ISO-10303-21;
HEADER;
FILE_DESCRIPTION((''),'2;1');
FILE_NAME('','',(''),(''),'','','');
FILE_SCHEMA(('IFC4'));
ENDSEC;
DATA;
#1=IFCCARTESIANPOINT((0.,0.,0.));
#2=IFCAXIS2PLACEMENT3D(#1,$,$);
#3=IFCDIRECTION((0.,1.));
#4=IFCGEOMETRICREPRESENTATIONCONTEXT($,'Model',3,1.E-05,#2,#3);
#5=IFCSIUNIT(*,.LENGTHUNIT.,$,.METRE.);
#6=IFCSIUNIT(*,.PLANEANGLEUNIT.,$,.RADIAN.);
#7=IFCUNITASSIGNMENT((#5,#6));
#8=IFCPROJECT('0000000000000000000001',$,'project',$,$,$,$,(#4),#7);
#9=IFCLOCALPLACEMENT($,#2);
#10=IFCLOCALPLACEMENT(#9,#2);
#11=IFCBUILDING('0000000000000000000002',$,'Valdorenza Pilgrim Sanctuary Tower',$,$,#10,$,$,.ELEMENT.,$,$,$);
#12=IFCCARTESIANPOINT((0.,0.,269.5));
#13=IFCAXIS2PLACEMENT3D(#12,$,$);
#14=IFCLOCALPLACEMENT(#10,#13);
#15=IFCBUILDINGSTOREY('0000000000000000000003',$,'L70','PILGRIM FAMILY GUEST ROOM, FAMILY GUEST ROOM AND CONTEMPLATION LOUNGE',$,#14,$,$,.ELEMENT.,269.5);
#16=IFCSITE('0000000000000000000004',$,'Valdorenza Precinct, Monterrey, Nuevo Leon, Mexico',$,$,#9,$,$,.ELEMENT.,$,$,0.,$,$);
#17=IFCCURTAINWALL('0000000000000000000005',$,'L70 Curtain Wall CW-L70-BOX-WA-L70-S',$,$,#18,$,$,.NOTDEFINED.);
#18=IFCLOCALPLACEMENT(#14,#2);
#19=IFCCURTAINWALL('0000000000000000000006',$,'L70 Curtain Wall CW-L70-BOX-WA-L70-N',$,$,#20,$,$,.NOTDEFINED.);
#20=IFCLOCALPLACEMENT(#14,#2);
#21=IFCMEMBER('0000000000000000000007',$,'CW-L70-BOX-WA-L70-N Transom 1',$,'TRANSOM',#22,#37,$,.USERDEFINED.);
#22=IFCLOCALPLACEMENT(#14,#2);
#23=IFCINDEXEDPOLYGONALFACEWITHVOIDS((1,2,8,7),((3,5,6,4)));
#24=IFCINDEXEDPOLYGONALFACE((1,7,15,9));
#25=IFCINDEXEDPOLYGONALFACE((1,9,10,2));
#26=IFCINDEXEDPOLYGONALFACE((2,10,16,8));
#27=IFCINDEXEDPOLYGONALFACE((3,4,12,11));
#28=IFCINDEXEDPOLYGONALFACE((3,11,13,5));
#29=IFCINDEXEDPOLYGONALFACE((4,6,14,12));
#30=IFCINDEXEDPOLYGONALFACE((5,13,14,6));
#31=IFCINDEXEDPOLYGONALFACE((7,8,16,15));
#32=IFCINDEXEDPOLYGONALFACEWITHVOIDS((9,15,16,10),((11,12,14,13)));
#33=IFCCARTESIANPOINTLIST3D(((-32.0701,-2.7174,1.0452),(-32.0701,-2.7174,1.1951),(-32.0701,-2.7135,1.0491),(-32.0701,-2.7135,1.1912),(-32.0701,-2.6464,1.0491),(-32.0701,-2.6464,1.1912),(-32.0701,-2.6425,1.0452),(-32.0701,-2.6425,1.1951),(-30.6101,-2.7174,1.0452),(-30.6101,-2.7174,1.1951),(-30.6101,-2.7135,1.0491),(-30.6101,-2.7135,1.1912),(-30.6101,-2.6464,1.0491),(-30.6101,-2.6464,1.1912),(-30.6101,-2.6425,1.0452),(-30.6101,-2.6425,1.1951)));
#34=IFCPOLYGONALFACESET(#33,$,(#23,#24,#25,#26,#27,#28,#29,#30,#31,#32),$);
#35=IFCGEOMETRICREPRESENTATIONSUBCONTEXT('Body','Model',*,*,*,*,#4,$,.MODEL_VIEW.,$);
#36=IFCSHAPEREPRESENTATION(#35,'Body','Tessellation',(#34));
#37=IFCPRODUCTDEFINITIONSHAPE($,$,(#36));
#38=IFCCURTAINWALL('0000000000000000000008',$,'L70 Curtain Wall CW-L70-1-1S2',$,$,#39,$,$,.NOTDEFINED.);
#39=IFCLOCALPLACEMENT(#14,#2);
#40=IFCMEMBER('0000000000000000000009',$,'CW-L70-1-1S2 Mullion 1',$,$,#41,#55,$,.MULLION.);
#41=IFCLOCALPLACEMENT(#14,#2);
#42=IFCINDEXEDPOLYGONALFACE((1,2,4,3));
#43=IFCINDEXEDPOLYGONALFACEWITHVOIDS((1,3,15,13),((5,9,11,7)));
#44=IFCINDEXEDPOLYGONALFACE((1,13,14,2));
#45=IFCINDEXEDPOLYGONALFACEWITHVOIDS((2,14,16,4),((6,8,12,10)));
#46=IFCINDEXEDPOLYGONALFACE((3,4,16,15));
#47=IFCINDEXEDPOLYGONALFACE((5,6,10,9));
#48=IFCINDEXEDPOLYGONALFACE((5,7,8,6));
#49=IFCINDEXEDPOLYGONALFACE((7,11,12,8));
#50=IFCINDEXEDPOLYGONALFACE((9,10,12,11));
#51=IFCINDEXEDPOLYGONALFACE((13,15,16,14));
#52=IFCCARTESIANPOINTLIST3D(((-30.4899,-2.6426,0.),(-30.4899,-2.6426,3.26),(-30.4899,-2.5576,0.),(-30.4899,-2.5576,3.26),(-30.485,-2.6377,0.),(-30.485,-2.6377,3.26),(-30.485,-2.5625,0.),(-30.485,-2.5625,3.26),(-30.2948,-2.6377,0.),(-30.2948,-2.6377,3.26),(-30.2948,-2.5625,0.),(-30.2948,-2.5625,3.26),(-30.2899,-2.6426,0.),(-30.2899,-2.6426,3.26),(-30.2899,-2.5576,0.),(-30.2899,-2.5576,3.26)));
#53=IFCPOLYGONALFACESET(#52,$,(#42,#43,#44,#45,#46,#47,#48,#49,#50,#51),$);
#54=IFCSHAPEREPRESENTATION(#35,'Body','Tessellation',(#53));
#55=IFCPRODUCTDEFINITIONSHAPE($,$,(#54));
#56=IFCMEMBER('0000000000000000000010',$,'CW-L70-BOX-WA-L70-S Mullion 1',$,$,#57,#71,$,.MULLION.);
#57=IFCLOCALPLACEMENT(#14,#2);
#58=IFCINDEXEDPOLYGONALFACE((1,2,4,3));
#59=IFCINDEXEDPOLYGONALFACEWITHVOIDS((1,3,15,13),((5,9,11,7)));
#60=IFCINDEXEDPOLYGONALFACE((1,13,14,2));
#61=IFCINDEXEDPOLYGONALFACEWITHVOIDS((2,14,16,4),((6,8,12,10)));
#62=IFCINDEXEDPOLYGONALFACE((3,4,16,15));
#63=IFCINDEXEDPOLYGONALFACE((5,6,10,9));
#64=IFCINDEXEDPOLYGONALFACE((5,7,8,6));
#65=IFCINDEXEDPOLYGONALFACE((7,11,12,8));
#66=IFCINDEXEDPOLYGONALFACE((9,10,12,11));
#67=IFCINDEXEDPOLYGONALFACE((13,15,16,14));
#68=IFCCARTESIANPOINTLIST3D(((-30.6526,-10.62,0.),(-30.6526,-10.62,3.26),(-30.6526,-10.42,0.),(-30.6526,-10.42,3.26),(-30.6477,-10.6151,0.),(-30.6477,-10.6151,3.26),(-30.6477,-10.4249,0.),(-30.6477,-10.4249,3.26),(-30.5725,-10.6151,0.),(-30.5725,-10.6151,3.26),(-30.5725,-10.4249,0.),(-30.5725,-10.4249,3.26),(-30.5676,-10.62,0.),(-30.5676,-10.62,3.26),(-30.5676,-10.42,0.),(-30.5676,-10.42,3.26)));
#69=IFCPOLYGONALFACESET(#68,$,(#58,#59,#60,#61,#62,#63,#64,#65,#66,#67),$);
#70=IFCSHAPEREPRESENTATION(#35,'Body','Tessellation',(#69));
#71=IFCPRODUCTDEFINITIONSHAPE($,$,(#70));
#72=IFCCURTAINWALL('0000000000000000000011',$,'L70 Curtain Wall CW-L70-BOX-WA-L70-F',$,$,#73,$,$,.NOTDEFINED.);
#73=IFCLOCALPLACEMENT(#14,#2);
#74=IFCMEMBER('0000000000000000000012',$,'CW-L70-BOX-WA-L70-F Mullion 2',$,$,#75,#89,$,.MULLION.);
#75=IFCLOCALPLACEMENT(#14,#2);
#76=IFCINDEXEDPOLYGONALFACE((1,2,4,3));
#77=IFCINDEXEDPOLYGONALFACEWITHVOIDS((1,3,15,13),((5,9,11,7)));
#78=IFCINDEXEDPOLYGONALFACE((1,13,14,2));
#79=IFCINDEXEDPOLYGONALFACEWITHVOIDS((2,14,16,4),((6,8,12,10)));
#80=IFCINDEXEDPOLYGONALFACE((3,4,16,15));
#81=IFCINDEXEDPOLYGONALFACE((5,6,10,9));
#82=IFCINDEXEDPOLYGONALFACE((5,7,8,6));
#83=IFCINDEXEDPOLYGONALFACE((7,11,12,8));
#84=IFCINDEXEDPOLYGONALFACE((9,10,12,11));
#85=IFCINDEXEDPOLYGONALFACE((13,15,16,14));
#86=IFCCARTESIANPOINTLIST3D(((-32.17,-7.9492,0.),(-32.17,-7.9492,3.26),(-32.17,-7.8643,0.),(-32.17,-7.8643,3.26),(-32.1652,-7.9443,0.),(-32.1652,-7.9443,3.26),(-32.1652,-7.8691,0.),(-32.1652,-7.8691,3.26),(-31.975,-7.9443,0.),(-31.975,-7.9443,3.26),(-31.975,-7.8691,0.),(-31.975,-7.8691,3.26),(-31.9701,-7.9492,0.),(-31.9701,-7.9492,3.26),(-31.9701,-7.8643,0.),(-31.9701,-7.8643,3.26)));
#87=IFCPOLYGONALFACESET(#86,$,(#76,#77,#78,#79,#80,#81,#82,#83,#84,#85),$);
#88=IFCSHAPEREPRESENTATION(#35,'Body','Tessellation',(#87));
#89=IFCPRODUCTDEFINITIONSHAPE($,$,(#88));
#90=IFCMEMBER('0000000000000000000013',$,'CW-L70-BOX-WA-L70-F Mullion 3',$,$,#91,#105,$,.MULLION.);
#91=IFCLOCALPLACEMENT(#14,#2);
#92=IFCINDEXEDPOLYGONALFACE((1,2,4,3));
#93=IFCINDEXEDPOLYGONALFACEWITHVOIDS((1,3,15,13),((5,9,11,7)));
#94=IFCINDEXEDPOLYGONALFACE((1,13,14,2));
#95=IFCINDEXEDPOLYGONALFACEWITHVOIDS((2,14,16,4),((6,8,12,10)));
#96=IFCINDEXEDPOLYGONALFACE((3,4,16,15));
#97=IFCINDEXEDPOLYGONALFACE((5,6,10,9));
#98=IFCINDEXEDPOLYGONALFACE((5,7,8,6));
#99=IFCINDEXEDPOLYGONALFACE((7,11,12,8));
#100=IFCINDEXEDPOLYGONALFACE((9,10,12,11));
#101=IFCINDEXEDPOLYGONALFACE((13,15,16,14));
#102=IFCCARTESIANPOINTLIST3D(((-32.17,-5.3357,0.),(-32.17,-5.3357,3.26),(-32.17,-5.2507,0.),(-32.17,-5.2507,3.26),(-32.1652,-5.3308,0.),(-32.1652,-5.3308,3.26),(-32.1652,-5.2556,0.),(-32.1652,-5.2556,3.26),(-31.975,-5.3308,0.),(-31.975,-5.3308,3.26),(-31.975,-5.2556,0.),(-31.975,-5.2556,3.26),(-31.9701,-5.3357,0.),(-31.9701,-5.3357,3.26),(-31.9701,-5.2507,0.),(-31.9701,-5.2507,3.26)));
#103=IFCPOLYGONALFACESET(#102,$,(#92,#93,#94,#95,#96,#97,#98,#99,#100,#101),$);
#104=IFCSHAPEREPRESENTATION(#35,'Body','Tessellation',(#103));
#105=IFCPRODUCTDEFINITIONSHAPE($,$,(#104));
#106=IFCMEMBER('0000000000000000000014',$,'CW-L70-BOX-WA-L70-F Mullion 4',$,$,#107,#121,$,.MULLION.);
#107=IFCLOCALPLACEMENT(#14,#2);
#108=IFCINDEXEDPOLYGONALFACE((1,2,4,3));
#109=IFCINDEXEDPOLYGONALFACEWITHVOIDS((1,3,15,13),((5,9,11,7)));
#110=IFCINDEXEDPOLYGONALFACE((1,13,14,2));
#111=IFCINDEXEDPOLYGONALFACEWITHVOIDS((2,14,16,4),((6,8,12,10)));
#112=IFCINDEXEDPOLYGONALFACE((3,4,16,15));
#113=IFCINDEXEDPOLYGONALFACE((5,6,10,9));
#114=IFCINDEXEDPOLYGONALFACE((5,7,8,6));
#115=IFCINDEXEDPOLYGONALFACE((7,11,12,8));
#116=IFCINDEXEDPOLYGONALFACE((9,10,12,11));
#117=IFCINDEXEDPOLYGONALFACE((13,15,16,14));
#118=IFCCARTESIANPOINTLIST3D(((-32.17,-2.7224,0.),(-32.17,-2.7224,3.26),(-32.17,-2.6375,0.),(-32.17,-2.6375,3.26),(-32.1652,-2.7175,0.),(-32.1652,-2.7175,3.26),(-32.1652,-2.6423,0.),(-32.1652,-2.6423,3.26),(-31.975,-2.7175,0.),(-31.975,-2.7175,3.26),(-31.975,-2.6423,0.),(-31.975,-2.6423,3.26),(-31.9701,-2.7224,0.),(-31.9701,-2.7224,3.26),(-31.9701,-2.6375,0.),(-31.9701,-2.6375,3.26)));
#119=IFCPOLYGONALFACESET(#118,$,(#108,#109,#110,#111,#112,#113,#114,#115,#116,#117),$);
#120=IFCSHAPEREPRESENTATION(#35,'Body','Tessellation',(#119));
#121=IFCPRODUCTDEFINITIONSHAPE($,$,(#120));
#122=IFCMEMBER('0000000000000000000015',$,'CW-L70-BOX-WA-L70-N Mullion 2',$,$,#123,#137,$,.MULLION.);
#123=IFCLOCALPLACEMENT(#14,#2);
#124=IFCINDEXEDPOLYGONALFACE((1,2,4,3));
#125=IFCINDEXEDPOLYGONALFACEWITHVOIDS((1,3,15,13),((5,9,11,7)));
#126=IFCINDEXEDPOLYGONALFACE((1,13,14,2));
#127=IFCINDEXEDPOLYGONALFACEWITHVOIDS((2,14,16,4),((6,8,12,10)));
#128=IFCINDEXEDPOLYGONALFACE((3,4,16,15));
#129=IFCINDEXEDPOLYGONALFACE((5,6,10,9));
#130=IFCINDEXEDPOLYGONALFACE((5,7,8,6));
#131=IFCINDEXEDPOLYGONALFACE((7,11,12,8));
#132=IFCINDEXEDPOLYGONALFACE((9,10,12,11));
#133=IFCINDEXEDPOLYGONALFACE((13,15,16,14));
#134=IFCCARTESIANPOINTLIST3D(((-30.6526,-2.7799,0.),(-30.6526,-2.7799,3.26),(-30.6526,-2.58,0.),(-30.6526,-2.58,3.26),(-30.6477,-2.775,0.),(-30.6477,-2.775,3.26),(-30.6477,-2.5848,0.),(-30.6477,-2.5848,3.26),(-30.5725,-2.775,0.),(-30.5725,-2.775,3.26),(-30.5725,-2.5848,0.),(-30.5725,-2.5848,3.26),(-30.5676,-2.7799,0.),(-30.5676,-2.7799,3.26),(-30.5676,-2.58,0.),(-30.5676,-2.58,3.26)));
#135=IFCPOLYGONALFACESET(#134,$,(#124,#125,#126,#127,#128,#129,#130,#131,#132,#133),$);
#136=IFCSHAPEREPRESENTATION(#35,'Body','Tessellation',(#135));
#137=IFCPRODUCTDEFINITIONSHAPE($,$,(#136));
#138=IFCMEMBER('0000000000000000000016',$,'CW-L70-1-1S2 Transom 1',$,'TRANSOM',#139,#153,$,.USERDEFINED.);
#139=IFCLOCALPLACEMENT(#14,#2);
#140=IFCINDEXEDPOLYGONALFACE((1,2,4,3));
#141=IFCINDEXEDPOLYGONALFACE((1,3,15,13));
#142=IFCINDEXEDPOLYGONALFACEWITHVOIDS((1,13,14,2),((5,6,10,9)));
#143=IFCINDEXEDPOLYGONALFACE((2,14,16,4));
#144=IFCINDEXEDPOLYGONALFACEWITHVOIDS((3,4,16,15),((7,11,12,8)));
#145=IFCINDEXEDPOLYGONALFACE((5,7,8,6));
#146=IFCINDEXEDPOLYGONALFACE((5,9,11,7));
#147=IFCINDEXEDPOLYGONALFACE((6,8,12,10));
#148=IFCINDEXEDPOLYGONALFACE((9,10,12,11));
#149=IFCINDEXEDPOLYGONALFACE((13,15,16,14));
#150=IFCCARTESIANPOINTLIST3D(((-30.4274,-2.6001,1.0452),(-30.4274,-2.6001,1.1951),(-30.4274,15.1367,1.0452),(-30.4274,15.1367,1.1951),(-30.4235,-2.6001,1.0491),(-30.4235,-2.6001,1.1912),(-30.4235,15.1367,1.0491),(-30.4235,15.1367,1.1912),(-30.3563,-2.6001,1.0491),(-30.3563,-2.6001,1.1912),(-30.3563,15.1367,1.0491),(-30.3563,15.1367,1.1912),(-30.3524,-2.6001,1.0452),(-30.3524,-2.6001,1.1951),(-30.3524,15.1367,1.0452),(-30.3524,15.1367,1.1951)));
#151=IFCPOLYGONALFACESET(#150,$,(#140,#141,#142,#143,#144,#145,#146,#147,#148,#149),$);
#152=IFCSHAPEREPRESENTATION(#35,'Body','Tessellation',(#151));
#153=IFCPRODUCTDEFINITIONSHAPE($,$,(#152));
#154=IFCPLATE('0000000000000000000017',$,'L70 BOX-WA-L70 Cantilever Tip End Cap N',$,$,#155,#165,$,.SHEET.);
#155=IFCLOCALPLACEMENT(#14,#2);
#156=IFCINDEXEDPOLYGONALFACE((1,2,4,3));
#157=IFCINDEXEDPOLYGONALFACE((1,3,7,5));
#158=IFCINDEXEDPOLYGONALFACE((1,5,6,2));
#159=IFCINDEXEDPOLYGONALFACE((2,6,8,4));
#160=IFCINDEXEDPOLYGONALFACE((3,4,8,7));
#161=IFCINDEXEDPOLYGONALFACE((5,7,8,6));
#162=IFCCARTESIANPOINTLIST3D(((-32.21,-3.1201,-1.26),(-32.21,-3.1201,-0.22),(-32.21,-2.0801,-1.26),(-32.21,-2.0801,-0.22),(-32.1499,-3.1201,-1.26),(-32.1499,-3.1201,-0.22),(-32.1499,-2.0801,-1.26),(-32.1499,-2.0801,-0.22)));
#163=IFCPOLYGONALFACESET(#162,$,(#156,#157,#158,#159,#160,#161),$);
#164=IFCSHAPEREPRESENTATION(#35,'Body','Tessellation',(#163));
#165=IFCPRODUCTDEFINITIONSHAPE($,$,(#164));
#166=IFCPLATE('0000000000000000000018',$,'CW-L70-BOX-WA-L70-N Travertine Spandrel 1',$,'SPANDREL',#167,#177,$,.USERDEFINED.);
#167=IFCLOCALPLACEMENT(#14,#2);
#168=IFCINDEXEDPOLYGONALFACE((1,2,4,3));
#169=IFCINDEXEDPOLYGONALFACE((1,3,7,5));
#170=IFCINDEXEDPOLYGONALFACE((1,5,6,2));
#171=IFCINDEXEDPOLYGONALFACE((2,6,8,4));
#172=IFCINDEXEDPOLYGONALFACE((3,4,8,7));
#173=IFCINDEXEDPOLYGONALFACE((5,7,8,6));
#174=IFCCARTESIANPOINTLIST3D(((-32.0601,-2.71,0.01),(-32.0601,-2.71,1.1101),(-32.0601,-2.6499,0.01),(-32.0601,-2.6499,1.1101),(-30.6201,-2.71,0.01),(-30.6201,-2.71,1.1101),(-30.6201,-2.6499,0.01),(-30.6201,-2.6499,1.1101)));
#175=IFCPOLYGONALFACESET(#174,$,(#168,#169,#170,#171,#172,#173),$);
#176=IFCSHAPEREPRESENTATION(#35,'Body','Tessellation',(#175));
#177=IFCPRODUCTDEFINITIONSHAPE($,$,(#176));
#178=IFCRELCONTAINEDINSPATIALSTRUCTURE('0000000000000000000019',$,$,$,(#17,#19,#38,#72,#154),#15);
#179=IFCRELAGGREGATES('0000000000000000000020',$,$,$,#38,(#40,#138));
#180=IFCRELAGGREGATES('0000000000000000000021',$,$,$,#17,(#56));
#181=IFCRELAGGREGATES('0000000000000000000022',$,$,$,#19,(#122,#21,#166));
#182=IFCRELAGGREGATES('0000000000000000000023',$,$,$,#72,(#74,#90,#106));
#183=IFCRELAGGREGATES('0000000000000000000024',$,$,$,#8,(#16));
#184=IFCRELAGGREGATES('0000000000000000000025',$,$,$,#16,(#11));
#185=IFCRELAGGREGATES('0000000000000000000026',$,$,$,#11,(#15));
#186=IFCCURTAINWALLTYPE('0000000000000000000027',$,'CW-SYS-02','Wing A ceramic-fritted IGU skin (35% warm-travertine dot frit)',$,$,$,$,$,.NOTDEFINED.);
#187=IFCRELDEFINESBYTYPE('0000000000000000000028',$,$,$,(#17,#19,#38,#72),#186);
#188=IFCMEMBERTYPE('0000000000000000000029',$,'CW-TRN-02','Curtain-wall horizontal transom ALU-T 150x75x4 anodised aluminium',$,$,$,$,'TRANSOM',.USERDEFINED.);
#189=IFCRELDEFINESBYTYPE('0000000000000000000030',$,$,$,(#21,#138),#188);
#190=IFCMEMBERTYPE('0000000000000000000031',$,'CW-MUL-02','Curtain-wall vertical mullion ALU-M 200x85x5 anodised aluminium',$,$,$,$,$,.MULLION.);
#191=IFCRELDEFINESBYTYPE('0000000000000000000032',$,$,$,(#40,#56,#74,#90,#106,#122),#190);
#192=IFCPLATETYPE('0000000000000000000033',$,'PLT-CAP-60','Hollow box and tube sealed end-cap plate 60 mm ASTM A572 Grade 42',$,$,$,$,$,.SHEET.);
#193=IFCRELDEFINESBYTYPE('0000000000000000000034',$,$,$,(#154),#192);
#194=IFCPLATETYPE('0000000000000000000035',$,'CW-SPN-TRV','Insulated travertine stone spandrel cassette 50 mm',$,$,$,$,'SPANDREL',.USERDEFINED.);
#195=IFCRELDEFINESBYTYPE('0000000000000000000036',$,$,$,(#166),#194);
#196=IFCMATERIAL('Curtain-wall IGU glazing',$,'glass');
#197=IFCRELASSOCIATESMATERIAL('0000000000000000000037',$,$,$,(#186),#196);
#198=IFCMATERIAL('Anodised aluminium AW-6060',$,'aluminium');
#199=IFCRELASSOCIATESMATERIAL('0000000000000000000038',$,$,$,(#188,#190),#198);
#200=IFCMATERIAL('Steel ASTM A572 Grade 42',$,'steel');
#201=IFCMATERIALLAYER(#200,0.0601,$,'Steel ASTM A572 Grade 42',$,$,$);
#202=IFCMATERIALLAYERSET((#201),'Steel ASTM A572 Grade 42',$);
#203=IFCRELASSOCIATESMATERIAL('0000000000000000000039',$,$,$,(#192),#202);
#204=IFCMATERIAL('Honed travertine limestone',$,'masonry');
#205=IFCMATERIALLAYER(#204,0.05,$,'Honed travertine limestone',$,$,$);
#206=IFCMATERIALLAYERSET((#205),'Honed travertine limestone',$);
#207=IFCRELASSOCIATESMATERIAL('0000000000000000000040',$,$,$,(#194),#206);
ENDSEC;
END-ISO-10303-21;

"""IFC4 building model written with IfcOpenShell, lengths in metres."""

from ifc_helpers import new_model, si_unit, direction, frame, origin, origin_2d, place, context, subcontext, project, spatial, rectangle, hollow_rectangle, extrude, source, transform, mapped, material, layer, layer_set, material_profile, profile_set, type_object, element, aggregate, save


model = new_model("IFC4")

# Units and contexts
model_context = context("Model", 3, precision=1e-05, world=origin(), true_north=direction((0.0, 1.0)))
body_context = subcontext(model_context, "Body", "Model", "MODEL_VIEW")
ifc_project = project(units=[si_unit("LENGTHUNIT", "METRE"), si_unit("PLANEANGLEUNIT", "RADIAN")], contexts=[model_context])

# Site, building, storey
site_placement = place(None, origin())
site = spatial("IfcSite", under=ifc_project, at=site_placement, Name="Valdorenza Precinct, Monterrey, Nuevo Leon, Mexico", CompositionType="ELEMENT", RefElevation=0.0)
building_placement = place(site_placement, origin())
building = spatial("IfcBuilding", under=site, at=building_placement, Name="Valdorenza Pilgrim Sanctuary Tower", CompositionType="ELEMENT")
storey_placement = place(building_placement, frame((0.0, 0.0, 269.5)))
storey = spatial("IfcBuildingStorey", under=building, at=storey_placement, Name="L70", Description="PILGRIM FAMILY GUEST ROOM, FAMILY GUEST ROOM AND CONTEMPLATION LOUNGE", CompositionType="ELEMENT", Elevation=269.5)

# Shared definitions
ifc_material_1 = material(Name="Steel ASTM A572 Grade 42", Category="steel")

# Curtain walls, members
ifc_material_2 = material(Name="Curtain-wall IGU glazing", Category="glass")
curtain_wall_type = type_object("IfcCurtainWallType", Name="CW-SYS-02", Description="Wing A ceramic-fritted IGU skin (35% warm-travertine dot frit)", PredefinedType="NOTDEFINED", material=ifc_material_2)
curtain_wall_1_placement = place(storey_placement, origin())
curtain_wall_1 = element("IfcCurtainWall", 1, at=curtain_wall_1_placement, inside=storey, type_object=curtain_wall_type, Name="L70 Curtain Wall CW-L70-BOX-WA-L70-S", PredefinedType="NOTDEFINED")
ifc_material_3 = material(Name="Anodised aluminium AW-6060", Category="aluminium")
ifc_material_profile_1 = material_profile(ifc_material_3, hollow_rectangle(XDim=0.075, YDim=0.1499, WallThickness=0.0039, at=origin_2d()), Name="ALU-T 150x75x4")
ifc_profile_set_1 = profile_set([ifc_material_profile_1], Name="Anodised aluminium AW-6060")
member_type_1 = type_object("IfcMemberType", Name="CW-TRN-02", Description="Curtain-wall horizontal transom ALU-T 150x75x4 anodised aluminium", ElementType="TRANSOM", PredefinedType="USERDEFINED", material=ifc_profile_set_1)
shared_shape_1 = source(origin(), body_context, "Body", "SweptSolid", [
    extrude(hollow_rectangle(XDim=0.075, YDim=0.1499, WallThickness=0.0039, at=origin_2d()), origin(), (0.0, 0.0, 1.0), 1.46),
])
curtain_wall_2_placement = place(storey_placement, origin())
curtain_wall_2 = element("IfcCurtainWall", 2, at=curtain_wall_2_placement, inside=storey, type_object=curtain_wall_type, Name="L70 Curtain Wall CW-L70-BOX-WA-L70-N", PredefinedType="NOTDEFINED")
member_1_placement = place(storey_placement, frame((-32.0701, -2.6799, 1.1201), z_axis=(1.0, 0.0, 0.0), x_axis=(0.0, 1.0, 0.0)))
member_1 = element("IfcMember", 3, at=member_1_placement, type_object=member_type_1, Name="CW-L70-BOX-WA-L70-N Transom 1", ObjectType="TRANSOM", PredefinedType="USERDEFINED", context=body_context, shape_type="MappedRepresentation", body=[
    mapped(shared_shape_1, transform((0.0, 0.0, 0.0), x_axis=(1.0, 0.0, 0.0), y_axis=(0.0, 1.0, 0.0), z_axis=(0.0, 0.0, 1.0), scale=1.0)),
])
curtain_wall_3_placement = place(storey_placement, origin())
curtain_wall_3 = element("IfcCurtainWall", 4, at=curtain_wall_3_placement, inside=storey, type_object=curtain_wall_type, Name="L70 Curtain Wall CW-L70-1-1S2", PredefinedType="NOTDEFINED")
ifc_material_profile_2 = material_profile(ifc_material_3, hollow_rectangle(XDim=0.085, YDim=0.2, WallThickness=0.0049, at=origin_2d()), Name="ALU-M 200x85x5")
ifc_profile_set_2 = profile_set([ifc_material_profile_2], Name="Anodised aluminium AW-6060")
member_type_2 = type_object("IfcMemberType", Name="CW-MUL-02", Description="Curtain-wall vertical mullion ALU-M 200x85x5 anodised aluminium", PredefinedType="MULLION", material=ifc_profile_set_2)
shared_shape_2 = source(origin(), body_context, "Body", "SweptSolid", [
    extrude(hollow_rectangle(XDim=0.085, YDim=0.2, WallThickness=0.0049, at=origin_2d()), origin(), (0.0, 0.0, 1.0), 3.26),
])
member_2_placement = place(storey_placement, frame((-30.3899, -2.6001, 0.0), z_axis=(0.0, 0.0, 1.0), x_axis=(0.0, 1.0, 0.0)))
member_2 = element("IfcMember", 5, at=member_2_placement, type_object=member_type_2, Name="CW-L70-1-1S2 Mullion 1", PredefinedType="MULLION", context=body_context, shape_type="MappedRepresentation", body=[
    mapped(shared_shape_2, transform((0.0, 0.0, 0.0), x_axis=(1.0, 0.0, 0.0), y_axis=(0.0, 1.0, 0.0), z_axis=(0.0, 0.0, 1.0), scale=1.0)),
])

# Member
member_3_placement = place(storey_placement, frame((-30.6101, -10.52, 0.0), z_axis=(0.0, 0.0, 1.0), x_axis=(-1.0, 0.0, 0.0)))
member_3 = element("IfcMember", 6, at=member_3_placement, type_object=member_type_2, Name="CW-L70-BOX-WA-L70-S Mullion 1", PredefinedType="MULLION", context=body_context, shape_type="MappedRepresentation", body=[
    mapped(shared_shape_2, transform((0.0, 0.0, 0.0), x_axis=(1.0, 0.0, 0.0), y_axis=(0.0, 1.0, 0.0), z_axis=(0.0, 0.0, 1.0), scale=1.0)),
])

# Curtain wall, members
curtain_wall_4_placement = place(storey_placement, origin())
curtain_wall_4 = element("IfcCurtainWall", 7, at=curtain_wall_4_placement, inside=storey, type_object=curtain_wall_type, Name="L70 Curtain Wall CW-L70-BOX-WA-L70-F", PredefinedType="NOTDEFINED")
member_4_placement = place(storey_placement, frame((-32.0701, -7.9067, 0.0), z_axis=(0.0, 0.0, 1.0), x_axis=(0.0, 1.0, 0.0)))
member_4 = element("IfcMember", 8, at=member_4_placement, type_object=member_type_2, Name="CW-L70-BOX-WA-L70-F Mullion 2", PredefinedType="MULLION", context=body_context, shape_type="MappedRepresentation", body=[
    mapped(shared_shape_2, transform((0.0, 0.0, 0.0), x_axis=(1.0, 0.0, 0.0), y_axis=(0.0, 1.0, 0.0), z_axis=(0.0, 0.0, 1.0), scale=1.0)),
])
member_5_placement = place(storey_placement, frame((-32.0701, -5.2932, 0.0), z_axis=(0.0, 0.0, 1.0), x_axis=(0.0, 1.0, 0.0)))
member_5 = element("IfcMember", 9, at=member_5_placement, type_object=member_type_2, Name="CW-L70-BOX-WA-L70-F Mullion 3", PredefinedType="MULLION", context=body_context, shape_type="MappedRepresentation", body=[
    mapped(shared_shape_2, transform((0.0, 0.0, 0.0), x_axis=(1.0, 0.0, 0.0), y_axis=(0.0, 1.0, 0.0), z_axis=(0.0, 0.0, 1.0), scale=1.0)),
])
member_6_placement = place(storey_placement, frame((-32.0701, -2.6799, 0.0), z_axis=(0.0, 0.0, 1.0), x_axis=(0.0, 1.0, 0.0)))
member_6 = element("IfcMember", 10, at=member_6_placement, type_object=member_type_2, Name="CW-L70-BOX-WA-L70-F Mullion 4", PredefinedType="MULLION", context=body_context, shape_type="MappedRepresentation", body=[
    mapped(shared_shape_2, transform((0.0, 0.0, 0.0), x_axis=(1.0, 0.0, 0.0), y_axis=(0.0, 1.0, 0.0), z_axis=(0.0, 0.0, 1.0), scale=1.0)),
])

# Members
member_7_placement = place(storey_placement, frame((-30.6101, -2.6799, 0.0), z_axis=(0.0, 0.0, 1.0), x_axis=(1.0, 0.0, 0.0)))
member_7 = element("IfcMember", 11, at=member_7_placement, type_object=member_type_2, Name="CW-L70-BOX-WA-L70-N Mullion 2", PredefinedType="MULLION", context=body_context, shape_type="MappedRepresentation", body=[
    mapped(shared_shape_2, transform((0.0, 0.0, 0.0), x_axis=(1.0, 0.0, 0.0), y_axis=(0.0, 1.0, 0.0), z_axis=(0.0, 0.0, 1.0), scale=1.0)),
])
shared_shape_3 = source(origin(), body_context, "Body", "SweptSolid", [
    extrude(hollow_rectangle(XDim=0.075, YDim=0.1499, WallThickness=0.0039, at=origin_2d()), origin(), (0.0, 0.0, 1.0), 17.7368),
])
member_8_placement = place(storey_placement, frame((-30.3899, -2.6001, 1.1201), z_axis=(0.0, 1.0, 0.0), x_axis=(-1.0, 0.0, 0.0)))
member_8 = element("IfcMember", 12, at=member_8_placement, type_object=member_type_1, Name="CW-L70-1-1S2 Transom 1", ObjectType="TRANSOM", PredefinedType="USERDEFINED", context=body_context, shape_type="MappedRepresentation", body=[
    mapped(shared_shape_3, transform((0.0, 0.0, 0.0), x_axis=(1.0, 0.0, 0.0), y_axis=(0.0, 1.0, 0.0), z_axis=(0.0, 0.0, 1.0), scale=1.0)),
])
aggregate(curtain_wall_3, [member_2, member_8])

# Plates
ifc_layer_1 = layer(ifc_material_1, 0.0601, Name="Steel ASTM A572 Grade 42")
ifc_layer_set_1 = layer_set([ifc_layer_1], Name="Steel ASTM A572 Grade 42")
plate_type_1 = type_object("IfcPlateType", Name="PLT-CAP-60", Description="Hollow box and tube sealed end-cap plate 60 mm ASTM A572 Grade 42", PredefinedType="SHEET", material=ifc_layer_set_1)
shared_shape_4 = source(origin(), body_context, "Body", "SweptSolid", [
    extrude(rectangle(XDim=0.0601, YDim=1.04, at=origin_2d()), origin(), (0.0, 0.0, 1.0), 1.04),
])
plate_1_placement = place(storey_placement, frame((-32.1799, -2.6001, -1.26), z_axis=(0.0, 0.0, 1.0), x_axis=(1.0, 0.0, 0.0)))
element("IfcPlate", 13, at=plate_1_placement, inside=storey, type_object=plate_type_1, Name="L70 BOX-WA-L70 Cantilever Tip End Cap N", PredefinedType="SHEET", context=body_context, shape_type="MappedRepresentation", body=[
    mapped(shared_shape_4, transform((0.0, 0.0, 0.0), x_axis=(1.0, 0.0, 0.0), y_axis=(0.0, 1.0, 0.0), z_axis=(0.0, 0.0, 1.0), scale=1.0)),
])
ifc_material_4 = material(Name="Honed travertine limestone", Category="masonry")
ifc_layer_2 = layer(ifc_material_4, 0.05, Name="Honed travertine limestone")
ifc_layer_set_2 = layer_set([ifc_layer_2], Name="Honed travertine limestone")
plate_type_2 = type_object("IfcPlateType", Name="CW-SPN-TRV", Description="Insulated travertine stone spandrel cassette 50 mm", ElementType="SPANDREL", PredefinedType="USERDEFINED", material=ifc_layer_set_2)
shared_shape_5 = source(origin(), body_context, "Body", "SweptSolid", [
    extrude(rectangle(XDim=1.4399, YDim=0.0601, at=origin_2d()), origin(), (0.0, 0.0, 1.0), 1.1001),
])
plate_2_placement = place(storey_placement, frame((-31.3401, -2.6799, 0.01), z_axis=(0.0, 0.0, 1.0), x_axis=(1.0, 0.0, 0.0)))
plate_2 = element("IfcPlate", 14, at=plate_2_placement, type_object=plate_type_2, Name="CW-L70-BOX-WA-L70-N Travertine Spandrel 1", ObjectType="SPANDREL", PredefinedType="USERDEFINED", context=body_context, shape_type="MappedRepresentation", body=[
    mapped(shared_shape_5, transform((0.0, 0.0, 0.0), x_axis=(1.0, 0.0, 0.0), y_axis=(0.0, 1.0, 0.0), z_axis=(0.0, 0.0, 1.0), scale=1.0)),
])
aggregate(curtain_wall_1, [member_3])
aggregate(curtain_wall_2, [member_7, member_1, plate_2])
aggregate(curtain_wall_4, [member_4, member_5, member_6])

save(model, "model.ifc")
